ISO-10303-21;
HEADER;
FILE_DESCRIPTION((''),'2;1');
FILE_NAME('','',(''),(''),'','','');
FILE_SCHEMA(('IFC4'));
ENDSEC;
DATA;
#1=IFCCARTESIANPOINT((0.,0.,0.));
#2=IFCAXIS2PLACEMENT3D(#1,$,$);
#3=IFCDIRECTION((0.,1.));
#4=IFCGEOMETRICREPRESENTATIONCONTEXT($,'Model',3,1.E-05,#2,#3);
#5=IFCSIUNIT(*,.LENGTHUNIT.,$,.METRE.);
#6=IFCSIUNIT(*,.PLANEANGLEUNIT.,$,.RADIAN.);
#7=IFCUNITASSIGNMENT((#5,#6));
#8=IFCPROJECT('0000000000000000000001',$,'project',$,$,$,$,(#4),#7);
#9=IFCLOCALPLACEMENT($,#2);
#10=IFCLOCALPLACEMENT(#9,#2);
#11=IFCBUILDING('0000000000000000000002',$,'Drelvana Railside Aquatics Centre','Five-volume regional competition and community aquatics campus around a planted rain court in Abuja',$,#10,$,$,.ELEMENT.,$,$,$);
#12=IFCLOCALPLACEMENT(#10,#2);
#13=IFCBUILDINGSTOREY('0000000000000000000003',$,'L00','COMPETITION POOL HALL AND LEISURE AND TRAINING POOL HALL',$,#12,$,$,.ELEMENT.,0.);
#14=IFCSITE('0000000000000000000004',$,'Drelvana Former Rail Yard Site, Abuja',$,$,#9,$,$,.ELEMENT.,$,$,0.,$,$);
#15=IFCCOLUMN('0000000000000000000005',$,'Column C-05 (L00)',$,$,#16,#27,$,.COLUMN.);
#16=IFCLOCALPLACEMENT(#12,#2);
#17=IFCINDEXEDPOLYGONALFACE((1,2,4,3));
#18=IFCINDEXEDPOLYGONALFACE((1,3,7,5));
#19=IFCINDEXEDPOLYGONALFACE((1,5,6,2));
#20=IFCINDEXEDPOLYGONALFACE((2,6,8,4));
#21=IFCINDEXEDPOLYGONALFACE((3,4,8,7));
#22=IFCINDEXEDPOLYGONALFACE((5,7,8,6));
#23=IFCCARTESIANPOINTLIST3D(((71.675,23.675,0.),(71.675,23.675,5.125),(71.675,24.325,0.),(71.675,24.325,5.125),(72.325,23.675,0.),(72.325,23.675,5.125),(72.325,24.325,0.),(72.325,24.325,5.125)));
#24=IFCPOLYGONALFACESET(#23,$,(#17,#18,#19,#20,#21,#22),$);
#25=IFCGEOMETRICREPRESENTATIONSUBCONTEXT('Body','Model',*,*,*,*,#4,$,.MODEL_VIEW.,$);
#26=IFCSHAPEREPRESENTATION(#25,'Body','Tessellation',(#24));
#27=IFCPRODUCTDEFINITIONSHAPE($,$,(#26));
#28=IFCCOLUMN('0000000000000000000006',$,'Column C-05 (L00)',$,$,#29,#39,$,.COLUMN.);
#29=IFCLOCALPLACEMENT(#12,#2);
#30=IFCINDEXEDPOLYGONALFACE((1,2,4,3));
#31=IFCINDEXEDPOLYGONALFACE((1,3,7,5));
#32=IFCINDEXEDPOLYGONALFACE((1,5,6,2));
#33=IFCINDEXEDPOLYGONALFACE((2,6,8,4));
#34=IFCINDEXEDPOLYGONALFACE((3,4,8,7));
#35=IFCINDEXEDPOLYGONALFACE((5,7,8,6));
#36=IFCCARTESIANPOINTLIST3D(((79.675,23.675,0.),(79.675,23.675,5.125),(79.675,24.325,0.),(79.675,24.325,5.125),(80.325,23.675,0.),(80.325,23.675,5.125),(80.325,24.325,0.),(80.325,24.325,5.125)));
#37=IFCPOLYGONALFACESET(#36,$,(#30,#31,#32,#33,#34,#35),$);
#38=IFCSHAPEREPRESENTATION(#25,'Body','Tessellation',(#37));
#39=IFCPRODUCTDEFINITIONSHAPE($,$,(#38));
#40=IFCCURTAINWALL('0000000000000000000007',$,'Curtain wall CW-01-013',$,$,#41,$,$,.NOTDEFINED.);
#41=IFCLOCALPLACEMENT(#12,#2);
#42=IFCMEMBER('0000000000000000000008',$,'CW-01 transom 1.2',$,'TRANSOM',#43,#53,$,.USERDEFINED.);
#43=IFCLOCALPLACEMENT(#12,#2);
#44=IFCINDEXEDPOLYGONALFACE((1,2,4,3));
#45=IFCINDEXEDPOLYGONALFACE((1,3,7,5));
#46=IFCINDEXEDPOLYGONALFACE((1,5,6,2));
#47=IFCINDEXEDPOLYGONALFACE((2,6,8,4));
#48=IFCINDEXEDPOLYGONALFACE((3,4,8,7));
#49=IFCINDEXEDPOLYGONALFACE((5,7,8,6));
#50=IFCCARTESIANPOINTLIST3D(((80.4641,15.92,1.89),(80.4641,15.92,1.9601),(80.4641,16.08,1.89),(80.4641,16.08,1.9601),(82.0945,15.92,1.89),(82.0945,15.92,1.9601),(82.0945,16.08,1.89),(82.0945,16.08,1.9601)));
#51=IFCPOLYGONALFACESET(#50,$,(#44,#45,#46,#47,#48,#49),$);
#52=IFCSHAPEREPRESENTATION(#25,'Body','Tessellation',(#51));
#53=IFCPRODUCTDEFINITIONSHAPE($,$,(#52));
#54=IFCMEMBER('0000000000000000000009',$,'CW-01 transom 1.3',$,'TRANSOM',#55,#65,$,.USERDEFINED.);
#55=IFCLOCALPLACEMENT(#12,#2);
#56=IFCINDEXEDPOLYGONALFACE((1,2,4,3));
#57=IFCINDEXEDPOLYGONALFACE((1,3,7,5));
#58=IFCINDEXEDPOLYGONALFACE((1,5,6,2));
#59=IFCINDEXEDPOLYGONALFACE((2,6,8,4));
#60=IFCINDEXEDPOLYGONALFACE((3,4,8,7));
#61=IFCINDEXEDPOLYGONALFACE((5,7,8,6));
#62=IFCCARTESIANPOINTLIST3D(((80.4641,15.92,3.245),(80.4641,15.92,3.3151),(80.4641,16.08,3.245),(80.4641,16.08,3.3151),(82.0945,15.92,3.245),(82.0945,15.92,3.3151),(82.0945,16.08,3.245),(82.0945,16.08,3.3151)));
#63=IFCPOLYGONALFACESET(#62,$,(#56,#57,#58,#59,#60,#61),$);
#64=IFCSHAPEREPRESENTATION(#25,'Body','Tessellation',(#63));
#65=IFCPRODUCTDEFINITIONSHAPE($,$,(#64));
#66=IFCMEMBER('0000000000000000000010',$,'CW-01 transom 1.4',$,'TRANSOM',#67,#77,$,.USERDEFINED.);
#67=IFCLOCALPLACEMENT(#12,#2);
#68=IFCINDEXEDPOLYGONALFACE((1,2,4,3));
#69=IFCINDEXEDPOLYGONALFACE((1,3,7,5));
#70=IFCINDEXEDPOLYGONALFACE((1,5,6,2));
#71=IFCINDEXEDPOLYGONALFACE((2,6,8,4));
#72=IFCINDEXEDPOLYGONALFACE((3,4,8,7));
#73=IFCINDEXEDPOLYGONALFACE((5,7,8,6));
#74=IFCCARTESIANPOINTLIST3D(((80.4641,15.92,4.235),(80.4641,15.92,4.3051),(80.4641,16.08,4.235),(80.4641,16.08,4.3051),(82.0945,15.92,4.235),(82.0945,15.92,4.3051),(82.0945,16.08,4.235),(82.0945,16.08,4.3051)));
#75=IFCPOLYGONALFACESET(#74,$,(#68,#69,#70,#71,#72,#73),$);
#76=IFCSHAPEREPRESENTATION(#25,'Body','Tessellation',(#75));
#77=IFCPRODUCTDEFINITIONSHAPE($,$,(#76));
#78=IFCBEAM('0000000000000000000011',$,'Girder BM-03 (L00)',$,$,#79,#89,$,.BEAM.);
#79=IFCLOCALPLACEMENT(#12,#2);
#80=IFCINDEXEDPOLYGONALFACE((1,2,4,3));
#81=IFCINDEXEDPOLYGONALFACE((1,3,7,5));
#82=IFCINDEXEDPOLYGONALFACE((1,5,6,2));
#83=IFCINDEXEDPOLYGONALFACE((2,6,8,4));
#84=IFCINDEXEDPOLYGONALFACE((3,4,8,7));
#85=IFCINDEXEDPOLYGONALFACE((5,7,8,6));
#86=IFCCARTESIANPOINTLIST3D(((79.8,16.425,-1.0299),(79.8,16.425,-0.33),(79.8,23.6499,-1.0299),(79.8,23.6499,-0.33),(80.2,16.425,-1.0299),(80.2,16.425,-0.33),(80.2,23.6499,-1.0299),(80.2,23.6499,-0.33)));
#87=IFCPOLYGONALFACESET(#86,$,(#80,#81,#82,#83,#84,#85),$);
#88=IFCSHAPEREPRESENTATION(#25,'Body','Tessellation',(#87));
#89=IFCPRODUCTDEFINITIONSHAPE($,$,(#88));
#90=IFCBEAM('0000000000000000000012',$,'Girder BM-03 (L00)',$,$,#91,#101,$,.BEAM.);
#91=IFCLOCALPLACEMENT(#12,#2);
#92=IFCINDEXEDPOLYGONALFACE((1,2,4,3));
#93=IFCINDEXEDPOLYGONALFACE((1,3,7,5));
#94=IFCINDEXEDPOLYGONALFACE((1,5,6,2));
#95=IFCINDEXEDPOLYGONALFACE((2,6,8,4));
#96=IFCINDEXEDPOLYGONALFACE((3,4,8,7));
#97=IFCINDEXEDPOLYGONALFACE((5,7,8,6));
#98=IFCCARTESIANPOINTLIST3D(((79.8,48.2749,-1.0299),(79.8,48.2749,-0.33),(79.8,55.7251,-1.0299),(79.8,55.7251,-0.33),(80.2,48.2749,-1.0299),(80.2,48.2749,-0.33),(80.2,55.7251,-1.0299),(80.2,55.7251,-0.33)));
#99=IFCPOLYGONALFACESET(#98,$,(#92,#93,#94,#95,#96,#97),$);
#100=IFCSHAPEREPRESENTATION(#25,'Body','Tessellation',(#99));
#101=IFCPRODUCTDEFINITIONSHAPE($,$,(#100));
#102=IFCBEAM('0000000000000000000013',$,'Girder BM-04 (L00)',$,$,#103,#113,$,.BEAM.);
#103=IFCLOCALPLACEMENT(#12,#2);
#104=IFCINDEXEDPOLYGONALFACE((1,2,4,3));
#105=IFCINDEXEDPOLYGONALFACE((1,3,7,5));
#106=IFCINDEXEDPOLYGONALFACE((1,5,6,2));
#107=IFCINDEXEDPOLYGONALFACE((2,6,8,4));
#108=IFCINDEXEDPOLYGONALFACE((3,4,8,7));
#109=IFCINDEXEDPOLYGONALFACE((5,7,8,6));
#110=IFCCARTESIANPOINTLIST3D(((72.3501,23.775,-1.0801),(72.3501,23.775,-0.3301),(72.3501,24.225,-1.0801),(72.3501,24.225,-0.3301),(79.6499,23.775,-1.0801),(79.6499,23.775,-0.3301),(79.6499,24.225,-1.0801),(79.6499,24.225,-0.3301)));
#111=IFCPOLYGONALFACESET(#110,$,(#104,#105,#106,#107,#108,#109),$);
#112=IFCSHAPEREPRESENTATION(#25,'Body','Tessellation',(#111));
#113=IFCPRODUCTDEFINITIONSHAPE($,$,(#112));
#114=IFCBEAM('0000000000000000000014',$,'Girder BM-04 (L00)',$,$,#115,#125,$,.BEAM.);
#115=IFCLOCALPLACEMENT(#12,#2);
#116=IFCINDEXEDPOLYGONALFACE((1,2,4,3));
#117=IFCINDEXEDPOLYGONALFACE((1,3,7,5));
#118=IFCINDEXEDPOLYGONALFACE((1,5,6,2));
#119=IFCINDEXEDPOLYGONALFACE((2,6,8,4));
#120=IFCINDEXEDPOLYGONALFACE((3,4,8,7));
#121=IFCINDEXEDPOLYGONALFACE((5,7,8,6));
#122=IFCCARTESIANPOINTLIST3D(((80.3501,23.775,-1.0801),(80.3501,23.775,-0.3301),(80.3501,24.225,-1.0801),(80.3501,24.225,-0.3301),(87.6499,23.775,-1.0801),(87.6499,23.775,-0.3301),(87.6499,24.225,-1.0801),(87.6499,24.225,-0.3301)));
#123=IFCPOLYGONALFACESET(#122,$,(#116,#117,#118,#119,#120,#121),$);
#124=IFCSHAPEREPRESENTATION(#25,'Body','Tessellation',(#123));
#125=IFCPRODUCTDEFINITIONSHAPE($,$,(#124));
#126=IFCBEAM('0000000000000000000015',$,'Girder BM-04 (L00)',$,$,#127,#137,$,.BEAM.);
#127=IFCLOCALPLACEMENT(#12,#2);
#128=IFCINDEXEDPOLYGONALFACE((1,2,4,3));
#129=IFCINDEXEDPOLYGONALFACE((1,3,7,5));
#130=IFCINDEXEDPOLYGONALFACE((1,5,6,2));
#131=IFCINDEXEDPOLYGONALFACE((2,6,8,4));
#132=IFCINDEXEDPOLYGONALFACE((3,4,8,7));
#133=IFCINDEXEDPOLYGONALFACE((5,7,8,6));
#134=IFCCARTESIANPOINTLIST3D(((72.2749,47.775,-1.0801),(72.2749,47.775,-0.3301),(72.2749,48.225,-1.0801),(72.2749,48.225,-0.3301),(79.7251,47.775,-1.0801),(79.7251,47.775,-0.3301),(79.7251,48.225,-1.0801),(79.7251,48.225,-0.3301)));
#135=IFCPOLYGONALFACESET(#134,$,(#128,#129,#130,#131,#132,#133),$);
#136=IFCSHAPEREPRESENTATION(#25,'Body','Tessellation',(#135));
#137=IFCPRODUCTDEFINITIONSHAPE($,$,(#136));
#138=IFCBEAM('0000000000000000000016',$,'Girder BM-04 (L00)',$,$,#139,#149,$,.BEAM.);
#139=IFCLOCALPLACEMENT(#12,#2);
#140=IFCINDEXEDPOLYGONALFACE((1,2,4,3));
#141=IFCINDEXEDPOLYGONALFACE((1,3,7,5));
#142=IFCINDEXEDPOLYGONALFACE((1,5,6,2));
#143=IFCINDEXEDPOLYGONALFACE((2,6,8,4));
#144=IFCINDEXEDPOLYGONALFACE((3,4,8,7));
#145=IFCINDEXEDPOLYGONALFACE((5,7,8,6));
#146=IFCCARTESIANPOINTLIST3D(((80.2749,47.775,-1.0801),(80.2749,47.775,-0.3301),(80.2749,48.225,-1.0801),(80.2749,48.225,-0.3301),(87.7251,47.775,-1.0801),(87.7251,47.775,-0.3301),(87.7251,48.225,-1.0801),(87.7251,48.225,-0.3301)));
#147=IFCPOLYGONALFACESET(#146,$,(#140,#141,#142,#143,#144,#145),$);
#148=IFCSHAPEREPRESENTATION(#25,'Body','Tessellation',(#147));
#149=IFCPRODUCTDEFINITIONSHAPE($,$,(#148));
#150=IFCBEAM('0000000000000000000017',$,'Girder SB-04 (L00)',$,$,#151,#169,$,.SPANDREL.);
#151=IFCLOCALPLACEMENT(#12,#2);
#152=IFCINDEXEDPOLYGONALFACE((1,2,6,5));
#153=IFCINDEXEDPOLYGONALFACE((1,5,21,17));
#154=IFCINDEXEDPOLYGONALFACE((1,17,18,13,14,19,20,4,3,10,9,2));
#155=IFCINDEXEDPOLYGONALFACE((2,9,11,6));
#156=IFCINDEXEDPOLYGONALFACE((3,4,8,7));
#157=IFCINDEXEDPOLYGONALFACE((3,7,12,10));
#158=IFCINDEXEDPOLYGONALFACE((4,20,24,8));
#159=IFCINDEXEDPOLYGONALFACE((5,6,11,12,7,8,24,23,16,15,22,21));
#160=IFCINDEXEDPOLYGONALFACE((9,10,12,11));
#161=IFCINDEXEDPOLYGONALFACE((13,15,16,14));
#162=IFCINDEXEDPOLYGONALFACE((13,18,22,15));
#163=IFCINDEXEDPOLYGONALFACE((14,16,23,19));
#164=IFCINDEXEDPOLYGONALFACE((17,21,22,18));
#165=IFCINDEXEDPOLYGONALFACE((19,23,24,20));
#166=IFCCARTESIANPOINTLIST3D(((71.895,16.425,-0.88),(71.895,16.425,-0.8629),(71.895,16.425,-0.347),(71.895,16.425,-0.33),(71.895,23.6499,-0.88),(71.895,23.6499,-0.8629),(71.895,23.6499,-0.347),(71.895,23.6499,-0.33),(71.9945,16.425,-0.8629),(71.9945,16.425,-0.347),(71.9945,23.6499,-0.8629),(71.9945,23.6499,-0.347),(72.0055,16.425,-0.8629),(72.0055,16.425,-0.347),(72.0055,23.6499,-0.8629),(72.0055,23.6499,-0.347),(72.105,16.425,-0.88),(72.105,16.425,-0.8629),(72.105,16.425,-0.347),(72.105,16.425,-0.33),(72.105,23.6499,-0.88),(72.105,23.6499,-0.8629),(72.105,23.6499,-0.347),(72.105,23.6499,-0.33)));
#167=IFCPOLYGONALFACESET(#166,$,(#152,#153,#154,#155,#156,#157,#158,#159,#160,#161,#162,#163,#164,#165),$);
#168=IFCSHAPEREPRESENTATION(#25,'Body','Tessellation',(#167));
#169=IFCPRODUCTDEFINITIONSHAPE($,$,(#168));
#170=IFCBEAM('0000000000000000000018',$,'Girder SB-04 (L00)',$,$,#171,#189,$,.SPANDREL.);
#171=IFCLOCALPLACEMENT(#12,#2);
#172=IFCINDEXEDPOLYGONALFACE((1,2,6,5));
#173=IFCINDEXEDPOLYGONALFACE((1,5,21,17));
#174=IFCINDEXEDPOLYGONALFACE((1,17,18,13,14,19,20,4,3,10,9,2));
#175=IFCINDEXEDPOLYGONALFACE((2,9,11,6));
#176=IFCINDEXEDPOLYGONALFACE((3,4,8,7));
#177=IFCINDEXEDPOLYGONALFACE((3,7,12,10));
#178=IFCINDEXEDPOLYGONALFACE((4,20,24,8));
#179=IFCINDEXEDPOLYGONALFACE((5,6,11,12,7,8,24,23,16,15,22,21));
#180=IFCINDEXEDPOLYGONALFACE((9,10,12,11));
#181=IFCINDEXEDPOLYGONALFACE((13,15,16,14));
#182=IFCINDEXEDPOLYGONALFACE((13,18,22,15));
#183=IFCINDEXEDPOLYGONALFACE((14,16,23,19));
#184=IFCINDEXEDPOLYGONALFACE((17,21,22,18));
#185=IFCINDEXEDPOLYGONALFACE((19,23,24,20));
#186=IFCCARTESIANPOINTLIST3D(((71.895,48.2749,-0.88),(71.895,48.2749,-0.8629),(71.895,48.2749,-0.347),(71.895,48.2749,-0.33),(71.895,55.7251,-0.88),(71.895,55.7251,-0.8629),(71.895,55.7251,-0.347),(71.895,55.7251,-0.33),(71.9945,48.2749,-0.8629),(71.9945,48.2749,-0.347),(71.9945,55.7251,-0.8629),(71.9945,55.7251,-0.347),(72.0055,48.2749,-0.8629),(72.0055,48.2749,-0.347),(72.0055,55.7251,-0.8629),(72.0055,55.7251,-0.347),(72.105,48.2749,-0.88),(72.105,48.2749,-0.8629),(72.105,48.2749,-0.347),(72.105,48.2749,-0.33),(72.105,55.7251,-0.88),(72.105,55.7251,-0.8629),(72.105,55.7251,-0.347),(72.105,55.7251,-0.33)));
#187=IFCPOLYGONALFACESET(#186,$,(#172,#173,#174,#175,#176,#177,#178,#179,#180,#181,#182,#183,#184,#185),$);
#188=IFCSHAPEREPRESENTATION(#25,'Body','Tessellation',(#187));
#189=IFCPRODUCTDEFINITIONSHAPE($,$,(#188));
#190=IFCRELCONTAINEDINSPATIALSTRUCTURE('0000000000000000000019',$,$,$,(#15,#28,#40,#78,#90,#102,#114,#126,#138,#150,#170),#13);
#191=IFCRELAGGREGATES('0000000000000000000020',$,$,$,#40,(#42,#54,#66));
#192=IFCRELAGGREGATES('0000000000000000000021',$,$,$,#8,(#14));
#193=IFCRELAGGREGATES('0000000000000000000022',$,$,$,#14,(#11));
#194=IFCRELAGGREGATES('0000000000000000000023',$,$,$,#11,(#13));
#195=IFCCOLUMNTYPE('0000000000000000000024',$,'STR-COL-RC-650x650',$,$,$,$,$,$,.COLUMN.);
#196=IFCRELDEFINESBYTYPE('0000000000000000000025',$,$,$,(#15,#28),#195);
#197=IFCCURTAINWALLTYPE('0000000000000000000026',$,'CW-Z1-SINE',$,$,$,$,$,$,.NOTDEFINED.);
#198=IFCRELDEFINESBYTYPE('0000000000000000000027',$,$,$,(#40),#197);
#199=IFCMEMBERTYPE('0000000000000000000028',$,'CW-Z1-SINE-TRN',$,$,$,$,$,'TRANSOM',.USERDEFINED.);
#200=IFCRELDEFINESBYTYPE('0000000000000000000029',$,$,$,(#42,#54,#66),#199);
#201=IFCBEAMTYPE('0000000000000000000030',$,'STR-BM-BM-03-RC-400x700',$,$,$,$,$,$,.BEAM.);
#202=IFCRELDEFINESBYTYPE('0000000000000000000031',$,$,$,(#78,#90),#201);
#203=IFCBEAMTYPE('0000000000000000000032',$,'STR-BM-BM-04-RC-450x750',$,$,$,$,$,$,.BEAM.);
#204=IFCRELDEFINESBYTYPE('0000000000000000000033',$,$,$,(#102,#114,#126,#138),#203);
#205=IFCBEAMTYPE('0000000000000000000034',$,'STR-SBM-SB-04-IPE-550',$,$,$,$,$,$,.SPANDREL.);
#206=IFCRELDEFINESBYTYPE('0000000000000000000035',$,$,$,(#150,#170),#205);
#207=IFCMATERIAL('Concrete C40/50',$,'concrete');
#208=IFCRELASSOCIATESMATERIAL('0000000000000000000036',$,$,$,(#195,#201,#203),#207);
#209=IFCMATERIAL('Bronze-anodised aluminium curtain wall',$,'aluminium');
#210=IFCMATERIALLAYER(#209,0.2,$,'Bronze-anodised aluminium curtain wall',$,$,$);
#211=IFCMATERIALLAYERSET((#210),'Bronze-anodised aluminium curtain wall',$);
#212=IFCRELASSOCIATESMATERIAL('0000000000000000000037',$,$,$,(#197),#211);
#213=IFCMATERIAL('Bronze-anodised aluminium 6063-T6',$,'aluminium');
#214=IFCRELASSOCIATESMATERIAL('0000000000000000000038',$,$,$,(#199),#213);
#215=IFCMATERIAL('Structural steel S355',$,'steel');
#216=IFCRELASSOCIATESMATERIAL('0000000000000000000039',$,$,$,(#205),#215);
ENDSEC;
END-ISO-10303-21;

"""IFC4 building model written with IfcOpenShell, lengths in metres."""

from ifc_helpers import new_model, si_unit, direction, frame, origin, origin_2d, place, context, subcontext, project, spatial, rectangle, i_section, extrude, material, layer, layer_set, material_profile, profile_set, type_object, element, aggregate, save


model = new_model("IFC4")

# Units and contexts
model_context = context("Model", 3, precision=1e-05, world=origin(), true_north=direction((0.0, 1.0)))
body_context = subcontext(model_context, "Body", "Model", "MODEL_VIEW")
ifc_project = project(units=[si_unit("LENGTHUNIT", "METRE"), si_unit("PLANEANGLEUNIT", "RADIAN")], contexts=[model_context])

# Site, building, storey
site_placement = place(None, origin())
site = spatial("IfcSite", under=ifc_project, at=site_placement, Name="Drelvana Former Rail Yard Site, Abuja", CompositionType="ELEMENT", RefElevation=0.0)
building_placement = place(site_placement, origin())
building = spatial("IfcBuilding", under=site, at=building_placement, Name="Drelvana Railside Aquatics Centre", Description="Five-volume regional competition and community aquatics campus around a planted rain court in Abuja", CompositionType="ELEMENT")
storey_placement = place(building_placement, origin())
storey = spatial("IfcBuildingStorey", under=building, at=storey_placement, Name="L00", Description="COMPETITION POOL HALL AND LEISURE AND TRAINING POOL HALL", CompositionType="ELEMENT", Elevation=0.0)

# Columns
ifc_material_1 = material(Name="Concrete C40/50", Category="concrete")
ifc_material_profile_1 = material_profile(ifc_material_1, rectangle(XDim=0.6499, YDim=0.6499, at=origin_2d()), Name="RC 650x650")
ifc_profile_set_1 = profile_set([ifc_material_profile_1], Name="Concrete C40/50")
column_type = type_object("IfcColumnType", Name="STR-COL-RC-650x650", PredefinedType="COLUMN", material=ifc_profile_set_1)
for number, where, z_axis, x_axis, name in (
    (1, (72.0, 24.0, 0.0), (0.0, 0.0, 1.0), (1.0, 0.0, 0.0), "Column C-05 (L00)"),
    (2, (80.0, 24.0, 0.0), (0.0, 0.0, 1.0), (1.0, 0.0, 0.0), "Column C-05 (L00)"),
):
    element("IfcColumn", number, at=place(storey_placement, frame(where, z_axis=z_axis, x_axis=x_axis)), inside=storey, type_object=column_type, Name=name, PredefinedType="COLUMN", context=body_context, shape_type="SweptSolid", body=[
        extrude(rectangle(XDim=0.6499, YDim=0.6499, at=origin_2d()), origin(), (0.0, 0.0, 1.0), 5.125),
    ])

# Curtain wall, members
ifc_material_2 = material(Name="Bronze-anodised aluminium curtain wall", Category="aluminium")
ifc_layer_1 = layer(ifc_material_2, 0.2, Name="Bronze-anodised aluminium curtain wall")
ifc_layer_set_1 = layer_set([ifc_layer_1], Name="Bronze-anodised aluminium curtain wall")
curtain_wall_type = type_object("IfcCurtainWallType", Name="CW-Z1-SINE", PredefinedType="NOTDEFINED", material=ifc_layer_set_1)
curtain_wall_placement = place(storey_placement, origin())
curtain_wall = element("IfcCurtainWall", 3, at=curtain_wall_placement, inside=storey, type_object=curtain_wall_type, Name="Curtain wall CW-01-013", PredefinedType="NOTDEFINED")
ifc_material_3 = material(Name="Bronze-anodised aluminium 6063-T6", Category="aluminium")
ifc_material_profile_2 = material_profile(ifc_material_3, rectangle(XDim=0.1599, YDim=0.0701, at=origin_2d()), Name="ALU-T 70x160")
ifc_profile_set_2 = profile_set([ifc_material_profile_2], Name="Bronze-anodised aluminium 6063-T6")
member_type = type_object("IfcMemberType", Name="CW-Z1-SINE-TRN", ElementType="TRANSOM", PredefinedType="USERDEFINED", material=ifc_profile_set_2)
member_1_placement = place(storey_placement, frame((80.4641, 16.0, 1.925), z_axis=(1.0, 0.0, 0.0), x_axis=(0.0, 1.0, 0.0)))
member_1 = element("IfcMember", 4, at=member_1_placement, type_object=member_type, Name="CW-01 transom 1.2", ObjectType="TRANSOM", PredefinedType="USERDEFINED", context=body_context, shape_type="SweptSolid", body=[
    extrude(rectangle(XDim=0.1599, YDim=0.0701, at=origin_2d()), origin(), (0.0, 0.0, 1.0), 1.6304),
])
member_2_placement = place(storey_placement, frame((80.4641, 16.0, 3.28), z_axis=(1.0, 0.0, 0.0), x_axis=(0.0, 1.0, 0.0)))
member_2 = element("IfcMember", 5, at=member_2_placement, type_object=member_type, Name="CW-01 transom 1.3", ObjectType="TRANSOM", PredefinedType="USERDEFINED", context=body_context, shape_type="SweptSolid", body=[
    extrude(rectangle(XDim=0.1599, YDim=0.0701, at=origin_2d()), origin(), (0.0, 0.0, 1.0), 1.6304),
])
member_3_placement = place(storey_placement, frame((80.4641, 16.0, 4.27), z_axis=(1.0, 0.0, 0.0), x_axis=(0.0, 1.0, 0.0)))
member_3 = element("IfcMember", 6, at=member_3_placement, type_object=member_type, Name="CW-01 transom 1.4", ObjectType="TRANSOM", PredefinedType="USERDEFINED", context=body_context, shape_type="SweptSolid", body=[
    extrude(rectangle(XDim=0.1599, YDim=0.0701, at=origin_2d()), origin(), (0.0, 0.0, 1.0), 1.6304),
])
aggregate(curtain_wall, [member_1, member_2, member_3])

# Beams
ifc_material_profile_3 = material_profile(ifc_material_1, rectangle(XDim=0.3999, YDim=0.7, at=origin_2d()), Name="RC 400x700")
ifc_profile_set_3 = profile_set([ifc_material_profile_3], Name="Concrete C40/50")
beam_type_1 = type_object("IfcBeamType", Name="STR-BM-BM-03-RC-400x700", PredefinedType="BEAM", material=ifc_profile_set_3)
beam_1_placement = place(storey_placement, frame((80.0, 16.425, -0.6799), z_axis=(0.0, 1.0, 0.0), x_axis=(-1.0, 0.0, 0.0)))
element("IfcBeam", 7, at=beam_1_placement, inside=storey, type_object=beam_type_1, Name="Girder BM-03 (L00)", PredefinedType="BEAM", context=body_context, shape_type="SweptSolid", body=[
    extrude(rectangle(XDim=0.3999, YDim=0.7, at=origin_2d()), origin(), (0.0, 0.0, 1.0), 7.2249),
])
beam_2_placement = place(storey_placement, frame((80.0, 48.2749, -0.6799), z_axis=(0.0, 1.0, 0.0), x_axis=(-1.0, 0.0, 0.0)))
element("IfcBeam", 8, at=beam_2_placement, inside=storey, type_object=beam_type_1, Name="Girder BM-03 (L00)", PredefinedType="BEAM", context=body_context, shape_type="SweptSolid", body=[
    extrude(rectangle(XDim=0.3999, YDim=0.7, at=origin_2d()), origin(), (0.0, 0.0, 1.0), 7.4502),
])
ifc_material_profile_4 = material_profile(ifc_material_1, rectangle(XDim=0.45, YDim=0.75, at=origin_2d()), Name="RC 450x750")
ifc_profile_set_4 = profile_set([ifc_material_profile_4], Name="Concrete C40/50")
beam_type_2 = type_object("IfcBeamType", Name="STR-BM-BM-04-RC-450x750", PredefinedType="BEAM", material=ifc_profile_set_4)
for number, where, z_axis, x_axis, name in (
    (9, (72.3501, 24.0, -0.7051), (1.0, 0.0, 0.0), (0.0, 1.0, 0.0), "Girder BM-04 (L00)"),
    (10, (80.3501, 24.0, -0.7051), (1.0, 0.0, 0.0), (0.0, 1.0, 0.0), "Girder BM-04 (L00)"),
):
    element("IfcBeam", number, at=place(storey_placement, frame(where, z_axis=z_axis, x_axis=x_axis)), inside=storey, type_object=beam_type_2, Name=name, PredefinedType="BEAM", context=body_context, shape_type="SweptSolid", body=[
        extrude(rectangle(XDim=0.45, YDim=0.75, at=origin_2d()), origin(), (0.0, 0.0, 1.0), 7.2998),
    ])
for number, where, z_axis, x_axis, name in (
    (11, (72.2749, 48.0, -0.7051), (1.0, 0.0, 0.0), (0.0, 1.0, 0.0), "Girder BM-04 (L00)"),
    (12, (80.2749, 48.0, -0.7051), (1.0, 0.0, 0.0), (0.0, 1.0, 0.0), "Girder BM-04 (L00)"),
):
    element("IfcBeam", number, at=place(storey_placement, frame(where, z_axis=z_axis, x_axis=x_axis)), inside=storey, type_object=beam_type_2, Name=name, PredefinedType="BEAM", context=body_context, shape_type="SweptSolid", body=[
        extrude(rectangle(XDim=0.45, YDim=0.75, at=origin_2d()), origin(), (0.0, 0.0, 1.0), 7.4502),
    ])
ifc_material_4 = material(Name="Structural steel S355", Category="steel")
ifc_material_profile_5 = material_profile(ifc_material_4, i_section(OverallWidth=0.21, OverallDepth=0.55, WebThickness=0.011, FlangeThickness=0.0171, at=origin_2d()), Name="IPE 550")
ifc_profile_set_5 = profile_set([ifc_material_profile_5], Name="Structural steel S355")
beam_type_3 = type_object("IfcBeamType", Name="STR-SBM-SB-04-IPE-550", PredefinedType="SPANDREL", material=ifc_profile_set_5)
beam_3_placement = place(storey_placement, frame((72.0, 16.425, -0.605), z_axis=(0.0, 1.0, 0.0), x_axis=(-1.0, 0.0, 0.0)))
element("IfcBeam", 13, at=beam_3_placement, inside=storey, type_object=beam_type_3, Name="Girder SB-04 (L00)", PredefinedType="SPANDREL", context=body_context, shape_type="SweptSolid", body=[
    extrude(i_section(OverallWidth=0.21, OverallDepth=0.55, WebThickness=0.011, FlangeThickness=0.0171, at=origin_2d()), origin(), (0.0, 0.0, 1.0), 7.2249),
])
beam_4_placement = place(storey_placement, frame((72.0, 48.2749, -0.605), z_axis=(0.0, 1.0, 0.0), x_axis=(-1.0, 0.0, 0.0)))
element("IfcBeam", 14, at=beam_4_placement, inside=storey, type_object=beam_type_3, Name="Girder SB-04 (L00)", PredefinedType="SPANDREL", context=body_context, shape_type="SweptSolid", body=[
    extrude(i_section(OverallWidth=0.21, OverallDepth=0.55, WebThickness=0.011, FlangeThickness=0.0171, at=origin_2d()), origin(), (0.0, 0.0, 1.0), 7.4502),
])

save(model, "model.ifc")
